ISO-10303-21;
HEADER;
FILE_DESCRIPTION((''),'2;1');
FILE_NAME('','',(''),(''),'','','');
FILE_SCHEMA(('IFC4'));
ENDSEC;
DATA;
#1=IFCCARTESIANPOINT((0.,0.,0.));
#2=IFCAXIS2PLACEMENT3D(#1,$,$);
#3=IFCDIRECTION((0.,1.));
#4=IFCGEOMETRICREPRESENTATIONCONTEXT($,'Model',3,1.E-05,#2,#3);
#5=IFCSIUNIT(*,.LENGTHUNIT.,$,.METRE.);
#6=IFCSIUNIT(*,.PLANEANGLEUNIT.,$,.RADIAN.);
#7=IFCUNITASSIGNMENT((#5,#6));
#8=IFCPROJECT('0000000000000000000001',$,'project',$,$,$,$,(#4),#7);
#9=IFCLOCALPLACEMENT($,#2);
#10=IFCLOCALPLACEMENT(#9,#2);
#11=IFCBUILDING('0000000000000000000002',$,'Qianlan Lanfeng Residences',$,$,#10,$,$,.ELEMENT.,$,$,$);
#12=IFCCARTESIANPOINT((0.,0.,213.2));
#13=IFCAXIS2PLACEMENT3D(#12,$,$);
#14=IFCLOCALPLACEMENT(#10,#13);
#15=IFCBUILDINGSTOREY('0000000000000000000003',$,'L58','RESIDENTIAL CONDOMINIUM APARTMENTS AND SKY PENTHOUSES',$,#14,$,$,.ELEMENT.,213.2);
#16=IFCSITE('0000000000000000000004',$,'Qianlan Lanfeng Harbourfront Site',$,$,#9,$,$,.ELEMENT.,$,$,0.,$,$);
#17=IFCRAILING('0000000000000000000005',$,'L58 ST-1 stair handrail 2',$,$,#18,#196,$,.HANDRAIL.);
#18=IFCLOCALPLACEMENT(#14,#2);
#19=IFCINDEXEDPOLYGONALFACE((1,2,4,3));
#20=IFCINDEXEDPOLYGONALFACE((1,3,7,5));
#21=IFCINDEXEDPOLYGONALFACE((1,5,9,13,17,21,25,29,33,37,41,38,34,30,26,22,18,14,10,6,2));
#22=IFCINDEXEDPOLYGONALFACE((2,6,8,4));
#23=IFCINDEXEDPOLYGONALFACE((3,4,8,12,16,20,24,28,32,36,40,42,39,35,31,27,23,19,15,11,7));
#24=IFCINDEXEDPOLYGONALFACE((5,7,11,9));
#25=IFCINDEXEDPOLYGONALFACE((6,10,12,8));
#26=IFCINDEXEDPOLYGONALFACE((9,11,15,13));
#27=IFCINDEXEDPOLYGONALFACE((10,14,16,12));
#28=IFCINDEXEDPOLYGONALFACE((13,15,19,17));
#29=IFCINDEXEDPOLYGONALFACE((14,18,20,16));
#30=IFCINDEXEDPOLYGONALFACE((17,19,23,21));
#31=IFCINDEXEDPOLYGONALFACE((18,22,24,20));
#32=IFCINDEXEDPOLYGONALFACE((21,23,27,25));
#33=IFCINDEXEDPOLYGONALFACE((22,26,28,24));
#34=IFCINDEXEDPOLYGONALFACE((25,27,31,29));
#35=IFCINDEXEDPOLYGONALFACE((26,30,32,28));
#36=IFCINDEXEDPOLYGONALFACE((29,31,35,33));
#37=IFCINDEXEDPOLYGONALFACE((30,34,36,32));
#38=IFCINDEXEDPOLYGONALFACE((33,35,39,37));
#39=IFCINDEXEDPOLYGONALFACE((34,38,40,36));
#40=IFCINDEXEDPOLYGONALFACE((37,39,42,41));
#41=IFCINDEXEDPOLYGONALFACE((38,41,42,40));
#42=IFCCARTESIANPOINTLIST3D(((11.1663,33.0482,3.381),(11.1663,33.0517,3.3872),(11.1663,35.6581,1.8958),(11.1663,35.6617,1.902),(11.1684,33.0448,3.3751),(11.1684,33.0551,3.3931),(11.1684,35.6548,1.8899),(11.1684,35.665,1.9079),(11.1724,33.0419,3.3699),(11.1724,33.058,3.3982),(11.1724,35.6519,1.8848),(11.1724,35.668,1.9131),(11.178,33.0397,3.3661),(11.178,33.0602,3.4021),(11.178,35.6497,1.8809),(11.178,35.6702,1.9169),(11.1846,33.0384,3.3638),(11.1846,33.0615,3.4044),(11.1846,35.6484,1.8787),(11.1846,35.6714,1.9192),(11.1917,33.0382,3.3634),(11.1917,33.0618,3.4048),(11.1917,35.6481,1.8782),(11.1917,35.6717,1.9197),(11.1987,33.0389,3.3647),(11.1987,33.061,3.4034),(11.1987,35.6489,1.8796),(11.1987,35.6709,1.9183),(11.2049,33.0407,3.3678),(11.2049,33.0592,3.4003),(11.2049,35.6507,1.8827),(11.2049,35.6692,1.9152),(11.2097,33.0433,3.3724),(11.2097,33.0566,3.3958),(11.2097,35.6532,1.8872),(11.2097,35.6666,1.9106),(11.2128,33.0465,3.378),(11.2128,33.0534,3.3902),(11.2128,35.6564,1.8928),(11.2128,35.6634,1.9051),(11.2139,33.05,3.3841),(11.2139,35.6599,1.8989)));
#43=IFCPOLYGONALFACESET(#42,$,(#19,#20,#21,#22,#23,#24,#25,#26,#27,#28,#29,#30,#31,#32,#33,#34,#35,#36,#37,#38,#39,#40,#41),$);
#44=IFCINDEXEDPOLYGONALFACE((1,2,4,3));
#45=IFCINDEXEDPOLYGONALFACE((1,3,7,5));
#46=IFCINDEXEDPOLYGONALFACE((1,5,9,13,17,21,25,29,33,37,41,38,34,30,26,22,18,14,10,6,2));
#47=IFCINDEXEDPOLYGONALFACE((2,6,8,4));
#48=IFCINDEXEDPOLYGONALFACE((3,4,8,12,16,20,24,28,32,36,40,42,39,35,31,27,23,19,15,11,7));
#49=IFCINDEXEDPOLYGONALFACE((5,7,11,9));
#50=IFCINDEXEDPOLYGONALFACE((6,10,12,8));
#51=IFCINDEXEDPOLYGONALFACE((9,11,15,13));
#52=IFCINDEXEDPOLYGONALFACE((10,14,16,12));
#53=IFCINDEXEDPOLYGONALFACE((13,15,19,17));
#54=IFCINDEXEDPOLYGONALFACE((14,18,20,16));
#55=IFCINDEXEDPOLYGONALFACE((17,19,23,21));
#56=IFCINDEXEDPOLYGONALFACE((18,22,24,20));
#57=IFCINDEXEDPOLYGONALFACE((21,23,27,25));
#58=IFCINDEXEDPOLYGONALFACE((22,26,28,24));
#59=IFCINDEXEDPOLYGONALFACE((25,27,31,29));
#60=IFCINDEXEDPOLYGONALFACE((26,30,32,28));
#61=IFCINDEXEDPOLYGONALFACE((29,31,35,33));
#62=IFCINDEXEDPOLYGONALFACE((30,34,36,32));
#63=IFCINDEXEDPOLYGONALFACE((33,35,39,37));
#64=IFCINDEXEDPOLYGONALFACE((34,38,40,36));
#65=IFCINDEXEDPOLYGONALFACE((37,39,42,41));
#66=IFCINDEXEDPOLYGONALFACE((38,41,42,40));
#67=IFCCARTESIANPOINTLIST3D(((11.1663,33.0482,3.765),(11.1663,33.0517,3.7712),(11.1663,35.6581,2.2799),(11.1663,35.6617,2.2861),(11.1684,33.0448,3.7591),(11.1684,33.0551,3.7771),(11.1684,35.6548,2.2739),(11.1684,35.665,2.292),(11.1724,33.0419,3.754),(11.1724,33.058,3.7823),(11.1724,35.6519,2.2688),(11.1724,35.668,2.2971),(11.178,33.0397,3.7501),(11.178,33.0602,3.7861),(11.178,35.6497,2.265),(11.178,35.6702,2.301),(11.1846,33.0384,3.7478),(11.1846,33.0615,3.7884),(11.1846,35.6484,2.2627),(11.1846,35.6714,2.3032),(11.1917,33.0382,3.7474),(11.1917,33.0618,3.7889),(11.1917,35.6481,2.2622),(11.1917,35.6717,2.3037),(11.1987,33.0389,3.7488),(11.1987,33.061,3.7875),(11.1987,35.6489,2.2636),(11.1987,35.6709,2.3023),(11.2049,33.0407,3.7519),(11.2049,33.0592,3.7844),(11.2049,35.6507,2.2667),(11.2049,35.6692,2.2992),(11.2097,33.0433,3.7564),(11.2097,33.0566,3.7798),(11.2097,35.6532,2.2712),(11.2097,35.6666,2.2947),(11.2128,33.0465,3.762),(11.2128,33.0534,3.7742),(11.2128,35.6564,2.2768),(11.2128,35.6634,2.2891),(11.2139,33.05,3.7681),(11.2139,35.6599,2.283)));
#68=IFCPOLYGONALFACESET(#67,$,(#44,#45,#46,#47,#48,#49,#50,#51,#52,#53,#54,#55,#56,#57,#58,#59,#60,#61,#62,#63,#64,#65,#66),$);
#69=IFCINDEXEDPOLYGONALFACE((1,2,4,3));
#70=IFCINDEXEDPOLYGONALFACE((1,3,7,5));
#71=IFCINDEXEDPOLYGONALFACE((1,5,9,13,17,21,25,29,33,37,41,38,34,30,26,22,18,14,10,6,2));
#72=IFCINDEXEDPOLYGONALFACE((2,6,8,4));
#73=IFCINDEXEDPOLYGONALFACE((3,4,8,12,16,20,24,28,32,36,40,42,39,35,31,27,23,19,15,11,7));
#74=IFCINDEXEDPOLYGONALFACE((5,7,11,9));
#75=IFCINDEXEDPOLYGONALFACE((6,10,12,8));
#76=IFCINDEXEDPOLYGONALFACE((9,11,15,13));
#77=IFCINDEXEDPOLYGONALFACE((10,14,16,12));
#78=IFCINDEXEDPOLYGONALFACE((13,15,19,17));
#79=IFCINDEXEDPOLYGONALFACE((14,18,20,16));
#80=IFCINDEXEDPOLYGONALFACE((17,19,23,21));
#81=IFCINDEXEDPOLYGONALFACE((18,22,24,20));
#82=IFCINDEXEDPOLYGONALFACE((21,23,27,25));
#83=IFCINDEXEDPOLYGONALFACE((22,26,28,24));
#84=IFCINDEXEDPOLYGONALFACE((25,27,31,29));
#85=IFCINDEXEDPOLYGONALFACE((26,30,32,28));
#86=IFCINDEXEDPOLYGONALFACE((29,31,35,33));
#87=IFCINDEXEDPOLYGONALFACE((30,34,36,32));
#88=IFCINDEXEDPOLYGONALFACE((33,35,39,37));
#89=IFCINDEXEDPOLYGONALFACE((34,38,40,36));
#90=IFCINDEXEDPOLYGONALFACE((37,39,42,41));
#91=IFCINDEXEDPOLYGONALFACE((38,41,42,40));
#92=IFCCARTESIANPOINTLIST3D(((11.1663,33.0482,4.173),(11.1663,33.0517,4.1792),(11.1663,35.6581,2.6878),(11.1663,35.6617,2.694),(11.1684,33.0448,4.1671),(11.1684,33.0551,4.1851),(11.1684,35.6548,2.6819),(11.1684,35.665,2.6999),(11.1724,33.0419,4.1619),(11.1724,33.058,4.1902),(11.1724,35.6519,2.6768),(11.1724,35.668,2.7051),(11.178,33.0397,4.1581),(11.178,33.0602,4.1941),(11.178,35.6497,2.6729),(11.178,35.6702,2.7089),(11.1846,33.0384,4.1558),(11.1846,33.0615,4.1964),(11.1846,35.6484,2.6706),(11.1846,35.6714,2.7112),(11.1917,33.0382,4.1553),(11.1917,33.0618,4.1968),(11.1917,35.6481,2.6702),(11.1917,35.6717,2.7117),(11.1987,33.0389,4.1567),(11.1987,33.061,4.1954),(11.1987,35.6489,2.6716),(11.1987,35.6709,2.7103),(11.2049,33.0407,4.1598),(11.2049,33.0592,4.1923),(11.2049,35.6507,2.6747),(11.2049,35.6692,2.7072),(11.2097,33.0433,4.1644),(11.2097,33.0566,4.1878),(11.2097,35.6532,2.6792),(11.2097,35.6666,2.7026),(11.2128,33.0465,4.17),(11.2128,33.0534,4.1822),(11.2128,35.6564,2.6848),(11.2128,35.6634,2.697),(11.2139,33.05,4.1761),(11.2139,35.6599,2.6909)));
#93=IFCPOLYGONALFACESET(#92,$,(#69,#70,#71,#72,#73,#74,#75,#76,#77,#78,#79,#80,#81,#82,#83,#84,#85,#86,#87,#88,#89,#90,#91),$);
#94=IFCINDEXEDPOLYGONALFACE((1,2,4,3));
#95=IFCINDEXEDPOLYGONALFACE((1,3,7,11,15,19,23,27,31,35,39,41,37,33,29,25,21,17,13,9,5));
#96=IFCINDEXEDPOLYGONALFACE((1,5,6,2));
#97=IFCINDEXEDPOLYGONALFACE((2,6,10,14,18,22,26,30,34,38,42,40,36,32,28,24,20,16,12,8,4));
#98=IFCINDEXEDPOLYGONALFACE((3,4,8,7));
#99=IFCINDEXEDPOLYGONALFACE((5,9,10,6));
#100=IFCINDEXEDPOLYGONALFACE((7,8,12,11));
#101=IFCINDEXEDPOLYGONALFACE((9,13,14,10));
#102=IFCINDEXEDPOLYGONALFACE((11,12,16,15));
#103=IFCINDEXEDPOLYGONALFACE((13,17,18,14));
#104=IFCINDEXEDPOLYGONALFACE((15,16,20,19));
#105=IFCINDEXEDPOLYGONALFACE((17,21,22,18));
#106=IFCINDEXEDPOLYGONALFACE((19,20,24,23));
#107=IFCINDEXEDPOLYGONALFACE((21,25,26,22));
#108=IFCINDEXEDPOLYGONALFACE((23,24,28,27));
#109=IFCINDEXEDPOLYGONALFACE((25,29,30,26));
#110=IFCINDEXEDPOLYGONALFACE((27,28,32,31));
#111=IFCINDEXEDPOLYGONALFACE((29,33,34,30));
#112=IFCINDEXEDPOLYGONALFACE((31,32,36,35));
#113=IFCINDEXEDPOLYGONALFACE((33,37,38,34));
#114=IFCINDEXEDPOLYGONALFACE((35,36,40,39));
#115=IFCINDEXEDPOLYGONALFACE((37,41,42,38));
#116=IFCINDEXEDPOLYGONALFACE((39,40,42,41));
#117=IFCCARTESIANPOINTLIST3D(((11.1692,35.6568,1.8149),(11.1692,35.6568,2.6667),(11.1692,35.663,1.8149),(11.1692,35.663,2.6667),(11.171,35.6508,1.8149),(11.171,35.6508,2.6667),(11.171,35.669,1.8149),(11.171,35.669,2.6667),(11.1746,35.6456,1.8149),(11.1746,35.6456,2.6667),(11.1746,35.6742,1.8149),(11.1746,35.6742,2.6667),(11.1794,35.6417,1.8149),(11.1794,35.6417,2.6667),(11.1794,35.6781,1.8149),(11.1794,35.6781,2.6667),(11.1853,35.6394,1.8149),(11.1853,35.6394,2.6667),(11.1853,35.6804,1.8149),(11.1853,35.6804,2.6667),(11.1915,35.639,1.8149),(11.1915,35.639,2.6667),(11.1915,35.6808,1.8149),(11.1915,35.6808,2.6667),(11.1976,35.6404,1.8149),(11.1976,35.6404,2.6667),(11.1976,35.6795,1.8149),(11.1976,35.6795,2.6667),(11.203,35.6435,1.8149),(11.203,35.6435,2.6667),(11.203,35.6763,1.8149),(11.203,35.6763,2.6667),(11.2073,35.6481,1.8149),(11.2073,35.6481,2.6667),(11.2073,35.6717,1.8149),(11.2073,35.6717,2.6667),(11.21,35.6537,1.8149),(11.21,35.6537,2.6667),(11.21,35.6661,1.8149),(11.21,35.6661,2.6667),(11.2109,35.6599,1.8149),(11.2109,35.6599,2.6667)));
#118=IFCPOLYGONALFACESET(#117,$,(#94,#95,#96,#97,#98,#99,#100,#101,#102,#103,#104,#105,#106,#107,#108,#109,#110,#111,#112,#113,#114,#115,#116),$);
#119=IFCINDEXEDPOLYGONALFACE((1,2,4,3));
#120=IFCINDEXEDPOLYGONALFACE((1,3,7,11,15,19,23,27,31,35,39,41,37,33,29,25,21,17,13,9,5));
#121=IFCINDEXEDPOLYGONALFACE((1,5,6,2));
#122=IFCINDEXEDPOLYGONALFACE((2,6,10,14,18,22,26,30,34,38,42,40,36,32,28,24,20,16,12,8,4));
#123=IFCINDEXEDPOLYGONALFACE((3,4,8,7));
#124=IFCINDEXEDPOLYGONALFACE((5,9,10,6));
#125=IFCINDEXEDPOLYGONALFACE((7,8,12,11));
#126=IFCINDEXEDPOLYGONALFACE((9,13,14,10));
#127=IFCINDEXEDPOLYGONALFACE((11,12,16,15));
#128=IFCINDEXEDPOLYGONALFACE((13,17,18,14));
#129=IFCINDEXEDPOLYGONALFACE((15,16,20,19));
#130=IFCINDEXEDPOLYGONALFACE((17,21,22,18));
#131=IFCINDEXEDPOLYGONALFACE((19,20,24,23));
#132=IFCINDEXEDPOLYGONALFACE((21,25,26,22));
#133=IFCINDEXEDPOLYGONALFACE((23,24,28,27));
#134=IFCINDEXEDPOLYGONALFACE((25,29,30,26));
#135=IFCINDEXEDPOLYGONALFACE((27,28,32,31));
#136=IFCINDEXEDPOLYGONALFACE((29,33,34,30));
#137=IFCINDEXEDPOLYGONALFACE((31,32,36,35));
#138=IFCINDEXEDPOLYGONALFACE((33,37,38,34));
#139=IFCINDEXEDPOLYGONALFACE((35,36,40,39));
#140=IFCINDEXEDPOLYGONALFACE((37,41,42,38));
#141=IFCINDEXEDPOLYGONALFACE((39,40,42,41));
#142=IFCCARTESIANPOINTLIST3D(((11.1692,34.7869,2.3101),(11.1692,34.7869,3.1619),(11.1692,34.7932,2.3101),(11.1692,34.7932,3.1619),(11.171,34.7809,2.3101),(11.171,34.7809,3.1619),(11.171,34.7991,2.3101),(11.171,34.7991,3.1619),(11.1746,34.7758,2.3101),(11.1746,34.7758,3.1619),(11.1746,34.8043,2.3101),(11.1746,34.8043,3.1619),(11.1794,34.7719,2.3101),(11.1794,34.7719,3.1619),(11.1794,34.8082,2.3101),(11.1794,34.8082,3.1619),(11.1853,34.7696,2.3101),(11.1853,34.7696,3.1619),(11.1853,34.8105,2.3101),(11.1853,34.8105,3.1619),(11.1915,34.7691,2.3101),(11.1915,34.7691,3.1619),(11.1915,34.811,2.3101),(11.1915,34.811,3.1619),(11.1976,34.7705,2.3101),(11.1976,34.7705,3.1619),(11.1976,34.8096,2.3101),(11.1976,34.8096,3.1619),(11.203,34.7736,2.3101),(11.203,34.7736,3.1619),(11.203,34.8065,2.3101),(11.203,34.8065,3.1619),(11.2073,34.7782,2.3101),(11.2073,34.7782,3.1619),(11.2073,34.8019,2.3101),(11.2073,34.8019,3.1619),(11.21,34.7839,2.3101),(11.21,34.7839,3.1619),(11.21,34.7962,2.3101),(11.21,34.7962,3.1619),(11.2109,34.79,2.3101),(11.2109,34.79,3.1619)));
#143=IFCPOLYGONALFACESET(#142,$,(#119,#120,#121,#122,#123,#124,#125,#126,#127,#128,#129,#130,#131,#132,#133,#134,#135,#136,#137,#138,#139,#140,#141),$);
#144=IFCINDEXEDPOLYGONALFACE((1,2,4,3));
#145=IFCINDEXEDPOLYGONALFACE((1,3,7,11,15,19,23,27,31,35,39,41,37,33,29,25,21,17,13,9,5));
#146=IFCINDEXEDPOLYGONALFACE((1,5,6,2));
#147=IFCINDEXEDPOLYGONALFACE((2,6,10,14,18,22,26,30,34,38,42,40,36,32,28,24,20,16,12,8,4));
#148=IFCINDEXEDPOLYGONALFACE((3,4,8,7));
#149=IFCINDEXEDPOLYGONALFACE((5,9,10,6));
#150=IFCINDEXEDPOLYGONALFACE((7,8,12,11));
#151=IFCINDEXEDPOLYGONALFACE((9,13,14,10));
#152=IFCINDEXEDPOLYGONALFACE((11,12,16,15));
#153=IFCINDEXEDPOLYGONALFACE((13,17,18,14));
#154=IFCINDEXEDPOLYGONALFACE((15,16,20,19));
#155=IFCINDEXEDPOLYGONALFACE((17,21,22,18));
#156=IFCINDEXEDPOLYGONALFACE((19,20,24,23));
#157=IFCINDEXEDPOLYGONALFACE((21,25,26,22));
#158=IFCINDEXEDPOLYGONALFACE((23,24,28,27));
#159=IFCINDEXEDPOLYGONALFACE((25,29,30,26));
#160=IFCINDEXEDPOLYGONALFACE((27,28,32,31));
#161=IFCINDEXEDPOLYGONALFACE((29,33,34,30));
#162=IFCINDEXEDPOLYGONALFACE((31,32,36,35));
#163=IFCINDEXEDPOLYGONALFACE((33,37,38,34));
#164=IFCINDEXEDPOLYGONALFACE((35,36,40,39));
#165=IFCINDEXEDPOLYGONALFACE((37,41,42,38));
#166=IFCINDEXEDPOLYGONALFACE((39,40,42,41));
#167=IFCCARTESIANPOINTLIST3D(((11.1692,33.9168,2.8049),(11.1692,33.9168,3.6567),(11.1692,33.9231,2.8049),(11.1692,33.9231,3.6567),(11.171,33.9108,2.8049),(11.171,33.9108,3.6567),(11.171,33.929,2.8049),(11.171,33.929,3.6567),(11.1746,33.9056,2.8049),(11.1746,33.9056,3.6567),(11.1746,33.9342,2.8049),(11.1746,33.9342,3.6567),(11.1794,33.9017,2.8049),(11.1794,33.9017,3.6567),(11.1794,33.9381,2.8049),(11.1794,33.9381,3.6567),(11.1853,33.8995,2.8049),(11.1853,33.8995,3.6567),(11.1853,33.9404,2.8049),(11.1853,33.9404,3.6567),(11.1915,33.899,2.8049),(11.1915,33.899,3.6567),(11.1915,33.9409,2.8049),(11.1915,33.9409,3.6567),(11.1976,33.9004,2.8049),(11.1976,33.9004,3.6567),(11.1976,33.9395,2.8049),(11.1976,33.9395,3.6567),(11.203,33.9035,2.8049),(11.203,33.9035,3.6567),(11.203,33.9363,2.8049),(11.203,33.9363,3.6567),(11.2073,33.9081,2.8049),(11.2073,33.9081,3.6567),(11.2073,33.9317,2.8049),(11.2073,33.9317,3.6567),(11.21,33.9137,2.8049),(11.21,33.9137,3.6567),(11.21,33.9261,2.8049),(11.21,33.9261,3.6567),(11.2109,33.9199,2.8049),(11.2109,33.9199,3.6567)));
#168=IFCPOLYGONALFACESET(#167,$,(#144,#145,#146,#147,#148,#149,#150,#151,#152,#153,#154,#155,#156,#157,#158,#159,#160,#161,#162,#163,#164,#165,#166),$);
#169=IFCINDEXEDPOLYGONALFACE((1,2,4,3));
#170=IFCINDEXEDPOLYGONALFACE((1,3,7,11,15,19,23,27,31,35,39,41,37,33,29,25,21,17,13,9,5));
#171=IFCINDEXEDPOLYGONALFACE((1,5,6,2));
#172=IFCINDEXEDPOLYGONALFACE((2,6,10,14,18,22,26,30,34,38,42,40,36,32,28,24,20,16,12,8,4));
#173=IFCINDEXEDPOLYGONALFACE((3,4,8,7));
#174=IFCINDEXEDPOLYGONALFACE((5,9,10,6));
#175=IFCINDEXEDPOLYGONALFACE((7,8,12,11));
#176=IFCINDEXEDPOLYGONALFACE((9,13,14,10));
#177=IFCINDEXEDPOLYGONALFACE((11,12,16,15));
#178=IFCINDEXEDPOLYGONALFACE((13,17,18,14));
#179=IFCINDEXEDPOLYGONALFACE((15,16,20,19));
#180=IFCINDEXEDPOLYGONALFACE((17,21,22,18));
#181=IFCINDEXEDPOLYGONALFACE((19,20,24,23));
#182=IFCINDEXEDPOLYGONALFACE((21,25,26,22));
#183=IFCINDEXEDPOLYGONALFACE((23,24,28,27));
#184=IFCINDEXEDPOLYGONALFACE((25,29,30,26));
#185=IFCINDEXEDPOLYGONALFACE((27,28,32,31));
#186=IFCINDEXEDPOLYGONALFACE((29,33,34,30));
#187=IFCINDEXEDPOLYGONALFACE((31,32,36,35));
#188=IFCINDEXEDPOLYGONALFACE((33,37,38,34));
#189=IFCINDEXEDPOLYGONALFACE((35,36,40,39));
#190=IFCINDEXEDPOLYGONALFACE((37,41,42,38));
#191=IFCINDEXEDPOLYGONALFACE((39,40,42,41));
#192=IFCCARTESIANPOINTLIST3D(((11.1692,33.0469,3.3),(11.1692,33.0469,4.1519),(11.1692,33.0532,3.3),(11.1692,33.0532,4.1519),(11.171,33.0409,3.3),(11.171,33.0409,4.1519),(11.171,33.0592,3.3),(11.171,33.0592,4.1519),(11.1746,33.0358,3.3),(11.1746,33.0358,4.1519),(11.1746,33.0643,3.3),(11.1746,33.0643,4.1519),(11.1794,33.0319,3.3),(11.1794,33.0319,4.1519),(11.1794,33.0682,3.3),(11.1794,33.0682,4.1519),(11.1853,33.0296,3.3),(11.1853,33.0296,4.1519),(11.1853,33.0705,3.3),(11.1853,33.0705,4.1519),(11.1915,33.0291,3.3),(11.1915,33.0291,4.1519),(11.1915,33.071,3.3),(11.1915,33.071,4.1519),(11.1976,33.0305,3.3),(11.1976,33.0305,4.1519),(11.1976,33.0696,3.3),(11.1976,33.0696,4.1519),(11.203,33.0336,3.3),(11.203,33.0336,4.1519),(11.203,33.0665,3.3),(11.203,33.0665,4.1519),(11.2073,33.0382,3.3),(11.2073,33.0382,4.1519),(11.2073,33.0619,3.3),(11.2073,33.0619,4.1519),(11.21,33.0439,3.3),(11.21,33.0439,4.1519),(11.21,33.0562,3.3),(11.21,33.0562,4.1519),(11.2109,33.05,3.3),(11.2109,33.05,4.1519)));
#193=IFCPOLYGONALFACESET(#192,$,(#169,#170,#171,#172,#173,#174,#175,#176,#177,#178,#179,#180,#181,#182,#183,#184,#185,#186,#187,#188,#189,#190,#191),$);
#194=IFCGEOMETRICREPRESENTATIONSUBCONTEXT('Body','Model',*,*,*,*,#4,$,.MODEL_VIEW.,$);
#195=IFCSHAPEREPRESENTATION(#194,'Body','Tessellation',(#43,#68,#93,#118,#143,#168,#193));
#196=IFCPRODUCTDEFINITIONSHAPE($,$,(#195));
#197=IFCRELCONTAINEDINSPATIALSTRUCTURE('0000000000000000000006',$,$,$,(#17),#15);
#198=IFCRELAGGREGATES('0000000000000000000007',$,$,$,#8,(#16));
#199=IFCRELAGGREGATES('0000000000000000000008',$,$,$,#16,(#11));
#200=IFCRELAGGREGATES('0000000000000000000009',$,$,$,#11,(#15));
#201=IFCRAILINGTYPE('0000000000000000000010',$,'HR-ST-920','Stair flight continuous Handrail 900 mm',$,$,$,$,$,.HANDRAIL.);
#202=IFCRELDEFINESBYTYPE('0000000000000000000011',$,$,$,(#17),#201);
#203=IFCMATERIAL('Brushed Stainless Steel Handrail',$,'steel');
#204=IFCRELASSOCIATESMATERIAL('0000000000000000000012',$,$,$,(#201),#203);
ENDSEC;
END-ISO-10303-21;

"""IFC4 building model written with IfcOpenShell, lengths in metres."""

from ifc_helpers import new_model, si_unit, direction, frame, origin, origin_2d, place, context, subcontext, project, spatial, circle, extrude, material, type_object, element, save


model = new_model("IFC4")

# Units and contexts
model_context = context("Model", 3, precision=1e-05, world=origin(), true_north=direction((0.0, 1.0)))
body_context = subcontext(model_context, "Body", "Model", "MODEL_VIEW")
ifc_project = project(units=[si_unit("LENGTHUNIT", "METRE"), si_unit("PLANEANGLEUNIT", "RADIAN")], contexts=[model_context])

# Site, building, storey
site_placement = place(None, origin())
site = spatial("IfcSite", under=ifc_project, at=site_placement, Name="Qianlan Lanfeng Harbourfront Site", CompositionType="ELEMENT", RefElevation=0.0)
building_placement = place(site_placement, origin())
building = spatial("IfcBuilding", under=site, at=building_placement, Name="Qianlan Lanfeng Residences", CompositionType="ELEMENT")
storey_placement = place(building_placement, frame((0.0, 0.0, 213.2)))
storey = spatial("IfcBuildingStorey", under=building, at=storey_placement, Name="L58", Description="RESIDENTIAL CONDOMINIUM APARTMENTS AND SKY PENTHOUSES", CompositionType="ELEMENT", Elevation=213.2)

# Railing
ifc_material_1 = material(Name="Brushed Stainless Steel Handrail", Category="steel")
railing_type_1 = type_object("IfcRailingType", Name="HR-ST-920", Description="Stair flight continuous Handrail 900 mm", PredefinedType="HANDRAIL", material=ifc_material_1)
railing_1_placement = place(storey_placement, frame((11.1899, 35.6599, 1.8149)))
element("IfcRailing", 1, at=railing_1_placement, inside=storey, type_object=railing_type_1, Name="L58 ST-1 stair handrail 2", PredefinedType="HANDRAIL", context=body_context, shape_type="SweptSolid", body=[
    extrude(circle(Radius=0.0239, at=origin_2d()), frame((0.0, 0.0, 0.084), z_axis=(0.0, -0.869137, 0.494571), x_axis=(1.0, 0.0, 0.0)), (0.0, 0.0, 1.0), 3.0029),
    extrude(circle(Radius=0.0239, at=origin_2d()), frame((0.0, 0.0, 0.468), z_axis=(0.0, -0.869137, 0.494571), x_axis=(1.0, 0.0, 0.0)), (0.0, 0.0, 1.0), 3.0029),
    extrude(circle(Radius=0.0239, at=origin_2d()), frame((0.0, 0.0, 0.876), z_axis=(0.0, -0.869137, 0.494571), x_axis=(1.0, 0.0, 0.0)), (0.0, 0.0, 1.0), 3.0029),
    extrude(circle(Radius=0.021, at=origin_2d()), origin(), (0.0, 0.0, 1.0), 0.8518),
    extrude(circle(Radius=0.021, at=origin_2d()), frame((0.0, -0.8699, 0.4951)), (0.0, 0.0, 1.0), 0.8518),
    extrude(circle(Radius=0.021, at=origin_2d()), frame((0.0, -1.74, 0.99)), (0.0, 0.0, 1.0), 0.8518),
    extrude(circle(Radius=0.021, at=origin_2d()), frame((0.0, -2.6099, 1.4851)), (0.0, 0.0, 1.0), 0.8518),
])

save(model, "model.ifc")
